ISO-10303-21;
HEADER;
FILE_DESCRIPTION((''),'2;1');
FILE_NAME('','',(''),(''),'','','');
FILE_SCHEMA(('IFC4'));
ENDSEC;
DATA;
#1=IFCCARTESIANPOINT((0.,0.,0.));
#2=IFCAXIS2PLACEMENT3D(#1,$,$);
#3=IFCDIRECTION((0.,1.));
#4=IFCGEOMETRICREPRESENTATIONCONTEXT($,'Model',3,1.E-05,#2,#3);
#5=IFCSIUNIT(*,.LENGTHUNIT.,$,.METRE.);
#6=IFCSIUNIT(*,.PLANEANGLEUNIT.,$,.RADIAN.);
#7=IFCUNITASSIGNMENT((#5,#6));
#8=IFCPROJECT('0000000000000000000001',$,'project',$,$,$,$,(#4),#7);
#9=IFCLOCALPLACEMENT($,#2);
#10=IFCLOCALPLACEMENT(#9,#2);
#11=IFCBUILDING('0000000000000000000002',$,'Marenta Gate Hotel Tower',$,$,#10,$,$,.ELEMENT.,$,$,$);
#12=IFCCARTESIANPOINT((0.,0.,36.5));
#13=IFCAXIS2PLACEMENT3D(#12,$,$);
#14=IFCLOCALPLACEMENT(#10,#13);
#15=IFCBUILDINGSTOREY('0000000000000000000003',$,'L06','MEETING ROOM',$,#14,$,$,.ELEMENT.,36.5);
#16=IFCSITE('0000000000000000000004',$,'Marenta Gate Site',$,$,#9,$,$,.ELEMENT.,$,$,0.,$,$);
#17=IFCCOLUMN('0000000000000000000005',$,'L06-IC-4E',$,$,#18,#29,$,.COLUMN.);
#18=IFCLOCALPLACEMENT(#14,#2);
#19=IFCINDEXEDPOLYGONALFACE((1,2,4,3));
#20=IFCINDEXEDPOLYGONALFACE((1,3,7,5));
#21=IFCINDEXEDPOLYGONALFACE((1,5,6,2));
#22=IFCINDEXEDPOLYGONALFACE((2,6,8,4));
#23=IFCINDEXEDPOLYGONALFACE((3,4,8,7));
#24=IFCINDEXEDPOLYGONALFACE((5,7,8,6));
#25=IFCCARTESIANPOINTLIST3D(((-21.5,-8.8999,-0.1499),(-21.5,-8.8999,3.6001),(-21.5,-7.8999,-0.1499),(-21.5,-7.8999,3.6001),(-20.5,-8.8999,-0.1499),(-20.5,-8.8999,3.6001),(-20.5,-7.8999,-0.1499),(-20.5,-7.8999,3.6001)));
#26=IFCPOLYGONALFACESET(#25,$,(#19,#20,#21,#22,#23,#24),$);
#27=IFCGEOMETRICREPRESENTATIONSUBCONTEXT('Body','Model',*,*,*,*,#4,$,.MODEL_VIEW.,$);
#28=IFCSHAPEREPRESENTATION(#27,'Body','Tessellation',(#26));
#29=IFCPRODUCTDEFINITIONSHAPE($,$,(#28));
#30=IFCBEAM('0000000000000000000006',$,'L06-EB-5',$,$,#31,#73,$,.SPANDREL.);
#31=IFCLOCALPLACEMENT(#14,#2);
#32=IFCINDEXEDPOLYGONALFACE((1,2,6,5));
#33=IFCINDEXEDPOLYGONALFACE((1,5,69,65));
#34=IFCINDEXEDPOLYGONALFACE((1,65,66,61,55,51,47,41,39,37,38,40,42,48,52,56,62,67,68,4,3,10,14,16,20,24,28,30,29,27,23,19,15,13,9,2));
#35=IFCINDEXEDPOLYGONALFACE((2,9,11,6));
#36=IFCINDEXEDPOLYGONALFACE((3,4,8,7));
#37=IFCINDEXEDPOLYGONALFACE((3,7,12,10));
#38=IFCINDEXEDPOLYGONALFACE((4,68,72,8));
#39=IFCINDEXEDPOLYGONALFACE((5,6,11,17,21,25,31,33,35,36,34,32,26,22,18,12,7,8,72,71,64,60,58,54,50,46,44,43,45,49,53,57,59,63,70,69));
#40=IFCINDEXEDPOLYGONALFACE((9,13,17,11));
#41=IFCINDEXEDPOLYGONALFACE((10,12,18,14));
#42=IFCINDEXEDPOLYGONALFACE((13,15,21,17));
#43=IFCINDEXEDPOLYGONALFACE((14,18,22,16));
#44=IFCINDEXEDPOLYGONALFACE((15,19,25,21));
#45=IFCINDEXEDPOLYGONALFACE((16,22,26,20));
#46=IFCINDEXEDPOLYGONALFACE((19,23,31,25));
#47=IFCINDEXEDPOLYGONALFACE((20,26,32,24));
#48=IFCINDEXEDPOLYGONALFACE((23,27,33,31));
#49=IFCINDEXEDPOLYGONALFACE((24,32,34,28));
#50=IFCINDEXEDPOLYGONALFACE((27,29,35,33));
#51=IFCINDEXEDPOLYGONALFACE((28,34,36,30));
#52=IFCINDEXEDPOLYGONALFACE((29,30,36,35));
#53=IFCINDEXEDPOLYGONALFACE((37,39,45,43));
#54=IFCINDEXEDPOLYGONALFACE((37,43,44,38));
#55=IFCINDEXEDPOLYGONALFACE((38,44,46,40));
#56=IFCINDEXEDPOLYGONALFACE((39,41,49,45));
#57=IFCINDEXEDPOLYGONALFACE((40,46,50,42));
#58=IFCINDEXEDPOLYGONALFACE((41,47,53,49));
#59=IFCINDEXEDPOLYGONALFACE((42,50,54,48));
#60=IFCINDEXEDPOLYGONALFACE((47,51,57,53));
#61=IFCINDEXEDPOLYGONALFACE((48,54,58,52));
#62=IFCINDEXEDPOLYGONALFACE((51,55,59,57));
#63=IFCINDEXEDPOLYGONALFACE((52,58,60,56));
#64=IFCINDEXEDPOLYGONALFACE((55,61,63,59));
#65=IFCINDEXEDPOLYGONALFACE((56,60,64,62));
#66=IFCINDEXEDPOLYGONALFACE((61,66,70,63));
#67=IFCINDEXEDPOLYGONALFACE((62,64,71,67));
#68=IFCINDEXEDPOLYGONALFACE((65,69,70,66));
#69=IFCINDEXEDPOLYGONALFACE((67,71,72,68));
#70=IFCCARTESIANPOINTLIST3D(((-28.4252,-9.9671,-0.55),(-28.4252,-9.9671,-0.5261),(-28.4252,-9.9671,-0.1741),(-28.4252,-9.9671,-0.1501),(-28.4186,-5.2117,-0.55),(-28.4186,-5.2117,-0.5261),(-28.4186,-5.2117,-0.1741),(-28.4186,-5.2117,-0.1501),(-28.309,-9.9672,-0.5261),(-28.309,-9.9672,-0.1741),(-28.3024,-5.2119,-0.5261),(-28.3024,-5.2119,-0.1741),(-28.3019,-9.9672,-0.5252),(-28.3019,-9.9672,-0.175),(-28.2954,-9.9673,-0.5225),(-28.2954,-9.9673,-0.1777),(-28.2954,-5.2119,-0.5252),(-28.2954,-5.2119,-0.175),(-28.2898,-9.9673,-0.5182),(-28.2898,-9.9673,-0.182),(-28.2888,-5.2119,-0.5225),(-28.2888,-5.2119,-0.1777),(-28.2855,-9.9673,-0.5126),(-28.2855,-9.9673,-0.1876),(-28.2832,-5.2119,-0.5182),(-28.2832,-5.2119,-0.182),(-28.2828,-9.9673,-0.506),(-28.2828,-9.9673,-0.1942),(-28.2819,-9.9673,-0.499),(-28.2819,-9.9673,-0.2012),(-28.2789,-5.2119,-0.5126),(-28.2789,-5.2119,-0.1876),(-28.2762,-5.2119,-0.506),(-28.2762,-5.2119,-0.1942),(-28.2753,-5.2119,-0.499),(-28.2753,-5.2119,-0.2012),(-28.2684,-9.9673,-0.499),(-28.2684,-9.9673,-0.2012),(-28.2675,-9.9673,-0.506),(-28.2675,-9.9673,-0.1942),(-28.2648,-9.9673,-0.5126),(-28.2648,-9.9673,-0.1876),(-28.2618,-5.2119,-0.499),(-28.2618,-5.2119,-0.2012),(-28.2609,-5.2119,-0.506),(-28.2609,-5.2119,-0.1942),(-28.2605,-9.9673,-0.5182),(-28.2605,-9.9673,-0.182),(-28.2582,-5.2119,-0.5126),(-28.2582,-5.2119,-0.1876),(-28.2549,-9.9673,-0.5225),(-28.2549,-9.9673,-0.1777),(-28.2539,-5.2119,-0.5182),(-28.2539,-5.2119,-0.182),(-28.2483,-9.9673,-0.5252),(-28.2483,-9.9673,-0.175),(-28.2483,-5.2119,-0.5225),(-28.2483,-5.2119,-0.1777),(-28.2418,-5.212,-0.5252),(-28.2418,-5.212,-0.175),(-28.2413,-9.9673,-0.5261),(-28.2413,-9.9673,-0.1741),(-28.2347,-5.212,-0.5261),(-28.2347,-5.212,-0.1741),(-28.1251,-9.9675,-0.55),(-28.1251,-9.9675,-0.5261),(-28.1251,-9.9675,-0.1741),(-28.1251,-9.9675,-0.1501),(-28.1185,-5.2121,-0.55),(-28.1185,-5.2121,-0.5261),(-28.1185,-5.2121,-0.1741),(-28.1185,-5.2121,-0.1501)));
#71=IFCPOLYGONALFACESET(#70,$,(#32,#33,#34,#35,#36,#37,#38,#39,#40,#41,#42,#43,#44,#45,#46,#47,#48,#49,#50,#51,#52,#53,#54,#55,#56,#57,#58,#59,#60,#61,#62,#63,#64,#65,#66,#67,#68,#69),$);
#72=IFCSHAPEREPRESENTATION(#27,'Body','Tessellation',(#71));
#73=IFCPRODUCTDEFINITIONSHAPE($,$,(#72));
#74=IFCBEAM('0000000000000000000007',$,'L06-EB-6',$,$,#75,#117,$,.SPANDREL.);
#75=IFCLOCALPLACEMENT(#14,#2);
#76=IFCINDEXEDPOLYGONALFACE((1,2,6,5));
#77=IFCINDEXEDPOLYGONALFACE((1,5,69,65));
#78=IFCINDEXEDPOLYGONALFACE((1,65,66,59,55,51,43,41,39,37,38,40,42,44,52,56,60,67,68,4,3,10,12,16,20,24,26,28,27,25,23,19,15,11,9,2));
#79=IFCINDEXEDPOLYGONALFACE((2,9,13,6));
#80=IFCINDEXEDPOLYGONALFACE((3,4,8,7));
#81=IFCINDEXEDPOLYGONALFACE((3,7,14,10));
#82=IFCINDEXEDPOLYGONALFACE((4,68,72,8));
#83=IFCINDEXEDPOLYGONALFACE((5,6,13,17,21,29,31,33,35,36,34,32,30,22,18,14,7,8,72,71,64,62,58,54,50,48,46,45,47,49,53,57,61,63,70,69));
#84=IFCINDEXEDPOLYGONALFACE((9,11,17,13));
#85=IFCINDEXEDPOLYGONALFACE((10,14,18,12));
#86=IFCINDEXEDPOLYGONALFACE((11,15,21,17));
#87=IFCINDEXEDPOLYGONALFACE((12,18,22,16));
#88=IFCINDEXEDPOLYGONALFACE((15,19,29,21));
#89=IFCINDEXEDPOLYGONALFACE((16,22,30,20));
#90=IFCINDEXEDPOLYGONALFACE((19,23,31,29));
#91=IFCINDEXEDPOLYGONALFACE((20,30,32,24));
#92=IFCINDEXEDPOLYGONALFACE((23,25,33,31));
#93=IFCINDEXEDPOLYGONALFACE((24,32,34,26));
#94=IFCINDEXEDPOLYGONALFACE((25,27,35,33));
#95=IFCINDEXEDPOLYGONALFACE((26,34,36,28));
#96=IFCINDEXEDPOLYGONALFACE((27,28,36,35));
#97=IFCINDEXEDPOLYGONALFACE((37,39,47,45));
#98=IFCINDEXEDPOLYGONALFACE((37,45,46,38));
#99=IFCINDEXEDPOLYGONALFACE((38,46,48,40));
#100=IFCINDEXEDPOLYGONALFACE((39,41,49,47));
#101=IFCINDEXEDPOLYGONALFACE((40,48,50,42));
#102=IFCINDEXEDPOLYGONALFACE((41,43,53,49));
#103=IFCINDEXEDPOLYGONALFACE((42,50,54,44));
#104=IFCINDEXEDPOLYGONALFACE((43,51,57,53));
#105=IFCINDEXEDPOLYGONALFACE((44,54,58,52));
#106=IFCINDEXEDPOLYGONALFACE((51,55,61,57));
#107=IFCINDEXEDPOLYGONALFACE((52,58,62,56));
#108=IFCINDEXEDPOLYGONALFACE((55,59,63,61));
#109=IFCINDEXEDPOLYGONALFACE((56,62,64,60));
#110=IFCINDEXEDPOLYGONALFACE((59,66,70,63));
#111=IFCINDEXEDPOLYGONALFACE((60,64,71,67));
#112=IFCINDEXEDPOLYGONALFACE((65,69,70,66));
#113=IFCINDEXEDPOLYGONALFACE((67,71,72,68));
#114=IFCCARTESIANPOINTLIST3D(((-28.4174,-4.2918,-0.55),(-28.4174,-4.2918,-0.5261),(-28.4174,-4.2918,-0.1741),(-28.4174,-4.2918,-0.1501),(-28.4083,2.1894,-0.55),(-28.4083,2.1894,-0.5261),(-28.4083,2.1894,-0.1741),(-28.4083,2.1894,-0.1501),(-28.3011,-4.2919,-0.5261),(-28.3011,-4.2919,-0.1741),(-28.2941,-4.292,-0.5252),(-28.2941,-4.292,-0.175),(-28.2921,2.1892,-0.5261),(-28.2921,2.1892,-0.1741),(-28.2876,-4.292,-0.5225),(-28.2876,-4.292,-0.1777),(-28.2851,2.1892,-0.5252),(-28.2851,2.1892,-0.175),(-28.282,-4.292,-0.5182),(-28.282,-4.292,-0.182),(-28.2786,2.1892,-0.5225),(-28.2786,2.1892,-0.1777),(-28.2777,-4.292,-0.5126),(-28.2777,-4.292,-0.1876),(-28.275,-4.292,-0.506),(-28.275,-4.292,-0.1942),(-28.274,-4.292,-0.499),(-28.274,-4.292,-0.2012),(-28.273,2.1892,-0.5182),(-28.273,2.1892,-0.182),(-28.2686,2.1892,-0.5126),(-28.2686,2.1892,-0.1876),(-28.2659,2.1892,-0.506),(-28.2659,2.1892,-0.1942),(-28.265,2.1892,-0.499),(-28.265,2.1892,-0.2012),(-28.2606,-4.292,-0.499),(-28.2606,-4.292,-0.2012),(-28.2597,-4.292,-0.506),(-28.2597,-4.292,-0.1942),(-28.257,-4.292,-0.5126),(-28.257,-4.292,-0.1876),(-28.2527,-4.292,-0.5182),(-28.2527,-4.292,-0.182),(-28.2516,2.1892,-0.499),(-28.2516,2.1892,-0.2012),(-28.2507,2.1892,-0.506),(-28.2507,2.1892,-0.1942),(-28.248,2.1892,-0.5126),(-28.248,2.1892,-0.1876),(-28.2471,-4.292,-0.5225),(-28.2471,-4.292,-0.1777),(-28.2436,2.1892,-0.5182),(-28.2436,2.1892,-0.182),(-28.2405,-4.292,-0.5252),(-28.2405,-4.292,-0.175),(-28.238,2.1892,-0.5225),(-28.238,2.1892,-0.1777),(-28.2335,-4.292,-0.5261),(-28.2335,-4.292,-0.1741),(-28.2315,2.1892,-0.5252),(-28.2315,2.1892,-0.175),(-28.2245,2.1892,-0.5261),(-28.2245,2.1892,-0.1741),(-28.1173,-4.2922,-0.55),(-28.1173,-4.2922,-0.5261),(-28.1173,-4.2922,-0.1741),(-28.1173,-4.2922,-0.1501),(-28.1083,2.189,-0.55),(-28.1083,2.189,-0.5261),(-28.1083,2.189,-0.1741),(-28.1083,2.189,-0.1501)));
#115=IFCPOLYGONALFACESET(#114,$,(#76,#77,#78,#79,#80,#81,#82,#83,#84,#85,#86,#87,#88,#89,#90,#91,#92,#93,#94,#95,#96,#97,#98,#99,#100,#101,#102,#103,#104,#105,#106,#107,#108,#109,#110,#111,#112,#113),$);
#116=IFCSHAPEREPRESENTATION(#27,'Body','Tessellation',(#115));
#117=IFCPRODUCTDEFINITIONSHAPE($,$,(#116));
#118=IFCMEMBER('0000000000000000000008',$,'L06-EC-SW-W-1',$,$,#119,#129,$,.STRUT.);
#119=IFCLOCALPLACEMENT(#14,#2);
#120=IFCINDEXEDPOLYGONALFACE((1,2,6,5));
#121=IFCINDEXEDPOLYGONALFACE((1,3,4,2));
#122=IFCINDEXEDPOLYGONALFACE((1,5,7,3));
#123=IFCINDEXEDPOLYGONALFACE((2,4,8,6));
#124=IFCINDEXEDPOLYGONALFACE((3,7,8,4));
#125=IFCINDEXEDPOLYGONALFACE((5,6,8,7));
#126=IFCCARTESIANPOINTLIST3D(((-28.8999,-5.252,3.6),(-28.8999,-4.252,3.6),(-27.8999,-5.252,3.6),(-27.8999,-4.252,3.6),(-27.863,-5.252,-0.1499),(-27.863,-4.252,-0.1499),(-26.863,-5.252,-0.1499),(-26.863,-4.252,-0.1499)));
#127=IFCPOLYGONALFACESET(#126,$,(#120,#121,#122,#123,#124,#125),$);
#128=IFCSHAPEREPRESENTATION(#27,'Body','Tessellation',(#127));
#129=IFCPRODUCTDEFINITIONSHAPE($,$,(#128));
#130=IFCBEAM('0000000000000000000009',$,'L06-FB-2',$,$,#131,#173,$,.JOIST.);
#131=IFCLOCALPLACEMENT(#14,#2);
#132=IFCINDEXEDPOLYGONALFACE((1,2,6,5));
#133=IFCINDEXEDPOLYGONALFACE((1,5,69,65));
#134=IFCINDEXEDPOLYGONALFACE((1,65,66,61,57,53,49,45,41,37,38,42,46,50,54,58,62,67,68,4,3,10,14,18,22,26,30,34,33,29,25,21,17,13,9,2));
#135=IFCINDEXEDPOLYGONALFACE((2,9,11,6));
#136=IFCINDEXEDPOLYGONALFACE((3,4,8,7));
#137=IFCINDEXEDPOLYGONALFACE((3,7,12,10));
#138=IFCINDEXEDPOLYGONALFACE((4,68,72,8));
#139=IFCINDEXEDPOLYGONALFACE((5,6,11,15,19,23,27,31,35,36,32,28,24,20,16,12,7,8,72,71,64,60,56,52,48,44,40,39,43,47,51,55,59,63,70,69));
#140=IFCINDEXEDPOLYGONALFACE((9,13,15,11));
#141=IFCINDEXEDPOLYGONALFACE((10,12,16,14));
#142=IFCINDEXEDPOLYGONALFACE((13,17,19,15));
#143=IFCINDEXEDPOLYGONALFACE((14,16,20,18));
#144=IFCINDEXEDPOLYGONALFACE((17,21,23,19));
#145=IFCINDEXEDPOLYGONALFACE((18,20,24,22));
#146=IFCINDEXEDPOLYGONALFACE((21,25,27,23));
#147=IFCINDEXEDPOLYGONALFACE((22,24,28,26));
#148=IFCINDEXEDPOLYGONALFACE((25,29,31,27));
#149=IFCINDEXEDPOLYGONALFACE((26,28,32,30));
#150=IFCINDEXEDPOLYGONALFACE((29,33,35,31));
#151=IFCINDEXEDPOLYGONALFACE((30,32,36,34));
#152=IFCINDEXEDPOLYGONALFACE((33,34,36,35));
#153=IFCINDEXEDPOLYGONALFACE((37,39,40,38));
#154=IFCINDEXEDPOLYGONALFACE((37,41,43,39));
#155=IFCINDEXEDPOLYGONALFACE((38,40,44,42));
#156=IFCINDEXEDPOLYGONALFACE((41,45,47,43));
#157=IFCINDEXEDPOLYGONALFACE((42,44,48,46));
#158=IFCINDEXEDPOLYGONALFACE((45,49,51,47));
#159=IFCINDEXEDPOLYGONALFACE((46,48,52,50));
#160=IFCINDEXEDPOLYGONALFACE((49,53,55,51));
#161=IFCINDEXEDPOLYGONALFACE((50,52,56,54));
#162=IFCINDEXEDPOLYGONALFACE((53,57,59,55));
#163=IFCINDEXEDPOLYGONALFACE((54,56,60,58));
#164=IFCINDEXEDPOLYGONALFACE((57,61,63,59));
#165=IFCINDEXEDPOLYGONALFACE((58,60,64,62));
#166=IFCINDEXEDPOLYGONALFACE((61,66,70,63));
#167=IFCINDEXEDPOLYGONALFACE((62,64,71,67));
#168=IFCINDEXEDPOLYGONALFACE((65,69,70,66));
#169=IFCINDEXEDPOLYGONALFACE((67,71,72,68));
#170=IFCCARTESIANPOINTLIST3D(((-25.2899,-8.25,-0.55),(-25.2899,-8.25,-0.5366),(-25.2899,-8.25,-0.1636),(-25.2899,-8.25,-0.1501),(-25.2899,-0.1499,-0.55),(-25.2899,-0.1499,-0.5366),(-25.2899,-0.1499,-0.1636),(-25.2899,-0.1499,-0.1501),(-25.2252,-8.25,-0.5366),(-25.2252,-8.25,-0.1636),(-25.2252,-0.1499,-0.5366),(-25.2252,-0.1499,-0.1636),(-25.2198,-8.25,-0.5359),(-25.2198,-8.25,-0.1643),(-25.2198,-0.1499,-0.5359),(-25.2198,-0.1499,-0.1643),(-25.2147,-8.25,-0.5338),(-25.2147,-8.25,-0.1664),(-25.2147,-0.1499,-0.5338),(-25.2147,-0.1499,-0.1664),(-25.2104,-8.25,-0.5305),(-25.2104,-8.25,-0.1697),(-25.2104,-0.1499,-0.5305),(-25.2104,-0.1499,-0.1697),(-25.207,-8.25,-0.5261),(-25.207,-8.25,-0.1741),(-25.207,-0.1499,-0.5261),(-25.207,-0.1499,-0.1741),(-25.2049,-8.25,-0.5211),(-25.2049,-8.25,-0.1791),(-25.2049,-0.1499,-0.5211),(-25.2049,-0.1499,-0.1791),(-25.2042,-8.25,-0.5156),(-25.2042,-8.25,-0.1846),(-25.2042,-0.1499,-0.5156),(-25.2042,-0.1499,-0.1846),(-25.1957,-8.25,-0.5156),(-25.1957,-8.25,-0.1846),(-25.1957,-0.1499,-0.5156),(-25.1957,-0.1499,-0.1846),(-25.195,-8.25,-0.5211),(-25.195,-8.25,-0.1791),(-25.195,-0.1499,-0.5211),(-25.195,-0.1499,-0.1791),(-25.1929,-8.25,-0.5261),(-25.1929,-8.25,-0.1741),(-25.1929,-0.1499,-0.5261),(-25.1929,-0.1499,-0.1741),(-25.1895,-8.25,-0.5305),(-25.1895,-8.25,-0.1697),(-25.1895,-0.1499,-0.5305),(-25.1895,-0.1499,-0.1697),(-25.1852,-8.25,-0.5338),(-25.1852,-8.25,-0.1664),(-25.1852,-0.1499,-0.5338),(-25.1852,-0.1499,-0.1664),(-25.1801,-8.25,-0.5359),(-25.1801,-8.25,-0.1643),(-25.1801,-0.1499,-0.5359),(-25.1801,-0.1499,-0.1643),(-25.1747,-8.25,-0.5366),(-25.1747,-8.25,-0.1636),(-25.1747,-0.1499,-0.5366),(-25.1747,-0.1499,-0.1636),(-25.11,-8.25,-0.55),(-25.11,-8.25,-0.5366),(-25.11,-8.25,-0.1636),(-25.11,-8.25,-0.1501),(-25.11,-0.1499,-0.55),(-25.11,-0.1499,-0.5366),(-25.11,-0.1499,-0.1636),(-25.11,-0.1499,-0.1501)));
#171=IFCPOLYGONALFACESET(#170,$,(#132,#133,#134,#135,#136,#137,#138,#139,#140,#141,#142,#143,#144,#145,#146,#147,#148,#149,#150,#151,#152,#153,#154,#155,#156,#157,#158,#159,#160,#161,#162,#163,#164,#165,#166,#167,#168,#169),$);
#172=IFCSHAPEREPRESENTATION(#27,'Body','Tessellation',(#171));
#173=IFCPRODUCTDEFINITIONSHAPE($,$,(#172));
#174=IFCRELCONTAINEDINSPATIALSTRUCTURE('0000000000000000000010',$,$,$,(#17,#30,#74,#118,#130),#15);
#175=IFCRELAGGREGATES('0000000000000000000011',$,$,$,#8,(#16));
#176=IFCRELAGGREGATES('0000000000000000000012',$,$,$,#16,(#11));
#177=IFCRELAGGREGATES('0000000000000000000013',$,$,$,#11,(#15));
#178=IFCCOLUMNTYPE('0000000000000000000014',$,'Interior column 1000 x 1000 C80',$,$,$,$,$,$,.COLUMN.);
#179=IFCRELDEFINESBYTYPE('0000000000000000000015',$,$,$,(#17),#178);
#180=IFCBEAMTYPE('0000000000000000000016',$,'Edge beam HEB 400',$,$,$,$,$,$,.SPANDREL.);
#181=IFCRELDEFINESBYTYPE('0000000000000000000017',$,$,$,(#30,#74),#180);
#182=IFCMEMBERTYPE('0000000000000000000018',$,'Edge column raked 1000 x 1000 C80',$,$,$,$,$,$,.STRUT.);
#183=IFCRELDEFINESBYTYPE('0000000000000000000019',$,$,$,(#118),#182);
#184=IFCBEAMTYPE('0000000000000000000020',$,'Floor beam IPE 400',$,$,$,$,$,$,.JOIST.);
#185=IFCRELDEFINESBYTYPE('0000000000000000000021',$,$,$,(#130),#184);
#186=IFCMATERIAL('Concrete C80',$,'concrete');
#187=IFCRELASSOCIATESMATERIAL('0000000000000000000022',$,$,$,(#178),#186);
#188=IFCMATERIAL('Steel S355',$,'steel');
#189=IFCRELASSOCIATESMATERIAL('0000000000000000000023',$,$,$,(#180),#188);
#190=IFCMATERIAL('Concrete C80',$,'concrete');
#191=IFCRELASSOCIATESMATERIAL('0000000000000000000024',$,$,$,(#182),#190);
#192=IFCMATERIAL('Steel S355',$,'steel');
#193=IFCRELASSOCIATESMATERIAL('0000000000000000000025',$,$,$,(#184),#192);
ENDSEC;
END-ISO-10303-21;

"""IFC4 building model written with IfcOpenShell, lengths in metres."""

from ifc_helpers import new_model, si_unit, direction, frame, origin, origin_2d, place, context, subcontext, project, spatial, rectangle, i_section, extrude, material, material_profile, profile_set, type_object, element, save


model = new_model("IFC4")

# Units and contexts
model_context = context("Model", 3, precision=1e-05, world=origin(), true_north=direction((0.0, 1.0)))
body_context = subcontext(model_context, "Body", "Model", "MODEL_VIEW")
ifc_project = project(units=[si_unit("LENGTHUNIT", "METRE"), si_unit("PLANEANGLEUNIT", "RADIAN")], contexts=[model_context])

# Site, building, storey
site_placement = place(None, origin())
site = spatial("IfcSite", under=ifc_project, at=site_placement, Name="Marenta Gate Site", CompositionType="ELEMENT", RefElevation=0.0)
building_placement = place(site_placement, origin())
building = spatial("IfcBuilding", under=site, at=building_placement, Name="Marenta Gate Hotel Tower", CompositionType="ELEMENT")
storey_placement = place(building_placement, frame((0.0, 0.0, 36.5)))
storey = spatial("IfcBuildingStorey", under=building, at=storey_placement, Name="L06", Description="MEETING ROOM", CompositionType="ELEMENT", Elevation=36.5)

# Column
ifc_material_1 = material(Name="Concrete C80", Category="concrete")
ifc_material_profile_1 = material_profile(ifc_material_1, rectangle(XDim=1.0, YDim=1.0, at=origin_2d()), Name="1000 x 1000")
ifc_profile_set_1 = profile_set([ifc_material_profile_1], Name="Concrete C80")
column_type = type_object("IfcColumnType", Name="Interior column 1000 x 1000 C80", PredefinedType="COLUMN", material=ifc_profile_set_1)
column_placement = place(storey_placement, frame((-21.0, -8.3999, -0.1499), z_axis=(0.0, 0.0, 1.0), x_axis=(1.0, 0.0, 0.0)))
element("IfcColumn", 1, at=column_placement, inside=storey, type_object=column_type, Name="L06-IC-4E", PredefinedType="COLUMN", context=body_context, shape_type="SweptSolid", body=[
    extrude(rectangle(XDim=1.0, YDim=1.0, at=origin_2d()), origin(), (0.0, 0.0, 1.0), 3.75),
])

# Beams
ifc_material_2 = material(Name="Steel S355", Category="steel")
ifc_material_profile_2 = material_profile(ifc_material_2, i_section(OverallWidth=0.3, OverallDepth=0.3999, WebThickness=0.0134, FlangeThickness=0.0239, FilletRadius=0.0271, at=origin_2d()), Name="HEB 400")
ifc_profile_set_2 = profile_set([ifc_material_profile_2], Name="Steel S355")
beam_type_1 = type_object("IfcBeamType", Name="Edge beam HEB 400", PredefinedType="SPANDREL", material=ifc_profile_set_2)
beam_1_placement = place(storey_placement, frame((-28.2751, -9.9673, -0.3501), z_axis=(0.001386, 0.999999, 0.0), x_axis=(-0.999999, 0.001386, 0.0)))
element("IfcBeam", 2, at=beam_1_placement, inside=storey, type_object=beam_type_1, Name="L06-EB-5", PredefinedType="SPANDREL", context=body_context, shape_type="SweptSolid", body=[
    extrude(i_section(OverallWidth=0.3, OverallDepth=0.3999, WebThickness=0.0134, FlangeThickness=0.0239, FilletRadius=0.0271, at=origin_2d()), origin(), (0.0, 0.0, 1.0), 4.7554),
])
beam_2_placement = place(storey_placement, frame((-28.2673, -4.292, -0.3501), z_axis=(0.001394, 0.999999, 0.0), x_axis=(-0.999999, 0.001394, 0.0)))
element("IfcBeam", 3, at=beam_2_placement, inside=storey, type_object=beam_type_1, Name="L06-EB-6", PredefinedType="SPANDREL", context=body_context, shape_type="SweptSolid", body=[
    extrude(i_section(OverallWidth=0.3, OverallDepth=0.3999, WebThickness=0.0134, FlangeThickness=0.0239, FilletRadius=0.0271, at=origin_2d()), origin(), (0.0, 0.0, 1.0), 6.4812),
])

# Member
ifc_material_3 = material(Name="Concrete C80", Category="concrete")
ifc_material_profile_3 = material_profile(ifc_material_3, rectangle(XDim=1.0, YDim=1.0, at=origin_2d()), Name="1000 x 1000")
ifc_profile_set_3 = profile_set([ifc_material_profile_3], Name="Concrete C80")
member_type_1 = type_object("IfcMemberType", Name="Edge column raked 1000 x 1000 C80", PredefinedType="STRUT", material=ifc_profile_set_3)
member_1_placement = place(storey_placement, frame((-27.363, -4.752, -0.1499), z_axis=(0.0, 0.0, 1.0), x_axis=(1.0, 0.0, 0.0)))
element("IfcMember", 4, at=member_1_placement, inside=storey, type_object=member_type_1, Name="L06-EC-SW-W-1", PredefinedType="STRUT", context=body_context, shape_type="SweptSolid", body=[
    extrude(rectangle(XDim=1.0, YDim=1.0, at=origin_2d()), origin(), (-0.266498, 0.0, 0.963835), 3.8906),
])

# Beam
ifc_material_4 = material(Name="Steel S355", Category="steel")
ifc_material_profile_4 = material_profile(ifc_material_4, i_section(OverallWidth=0.1799, OverallDepth=0.3999, WebThickness=0.0085, FlangeThickness=0.0134, FilletRadius=0.021, at=origin_2d()), Name="IPE 400")
ifc_profile_set_4 = profile_set([ifc_material_profile_4], Name="Steel S355")
beam_type_2 = type_object("IfcBeamType", Name="Floor beam IPE 400", PredefinedType="JOIST", material=ifc_profile_set_4)
beam_3_placement = place(storey_placement, frame((-25.2, -8.25, -0.3501), z_axis=(0.0, 1.0, 0.0), x_axis=(-1.0, 0.0, 0.0)))
element("IfcBeam", 5, at=beam_3_placement, inside=storey, type_object=beam_type_2, Name="L06-FB-2", PredefinedType="JOIST", context=body_context, shape_type="SweptSolid", body=[
    extrude(i_section(OverallWidth=0.1799, OverallDepth=0.3999, WebThickness=0.0085, FlangeThickness=0.0134, FilletRadius=0.021, at=origin_2d()), origin(), (0.0, 0.0, 1.0), 8.1001),
])

save(model, "model.ifc")
